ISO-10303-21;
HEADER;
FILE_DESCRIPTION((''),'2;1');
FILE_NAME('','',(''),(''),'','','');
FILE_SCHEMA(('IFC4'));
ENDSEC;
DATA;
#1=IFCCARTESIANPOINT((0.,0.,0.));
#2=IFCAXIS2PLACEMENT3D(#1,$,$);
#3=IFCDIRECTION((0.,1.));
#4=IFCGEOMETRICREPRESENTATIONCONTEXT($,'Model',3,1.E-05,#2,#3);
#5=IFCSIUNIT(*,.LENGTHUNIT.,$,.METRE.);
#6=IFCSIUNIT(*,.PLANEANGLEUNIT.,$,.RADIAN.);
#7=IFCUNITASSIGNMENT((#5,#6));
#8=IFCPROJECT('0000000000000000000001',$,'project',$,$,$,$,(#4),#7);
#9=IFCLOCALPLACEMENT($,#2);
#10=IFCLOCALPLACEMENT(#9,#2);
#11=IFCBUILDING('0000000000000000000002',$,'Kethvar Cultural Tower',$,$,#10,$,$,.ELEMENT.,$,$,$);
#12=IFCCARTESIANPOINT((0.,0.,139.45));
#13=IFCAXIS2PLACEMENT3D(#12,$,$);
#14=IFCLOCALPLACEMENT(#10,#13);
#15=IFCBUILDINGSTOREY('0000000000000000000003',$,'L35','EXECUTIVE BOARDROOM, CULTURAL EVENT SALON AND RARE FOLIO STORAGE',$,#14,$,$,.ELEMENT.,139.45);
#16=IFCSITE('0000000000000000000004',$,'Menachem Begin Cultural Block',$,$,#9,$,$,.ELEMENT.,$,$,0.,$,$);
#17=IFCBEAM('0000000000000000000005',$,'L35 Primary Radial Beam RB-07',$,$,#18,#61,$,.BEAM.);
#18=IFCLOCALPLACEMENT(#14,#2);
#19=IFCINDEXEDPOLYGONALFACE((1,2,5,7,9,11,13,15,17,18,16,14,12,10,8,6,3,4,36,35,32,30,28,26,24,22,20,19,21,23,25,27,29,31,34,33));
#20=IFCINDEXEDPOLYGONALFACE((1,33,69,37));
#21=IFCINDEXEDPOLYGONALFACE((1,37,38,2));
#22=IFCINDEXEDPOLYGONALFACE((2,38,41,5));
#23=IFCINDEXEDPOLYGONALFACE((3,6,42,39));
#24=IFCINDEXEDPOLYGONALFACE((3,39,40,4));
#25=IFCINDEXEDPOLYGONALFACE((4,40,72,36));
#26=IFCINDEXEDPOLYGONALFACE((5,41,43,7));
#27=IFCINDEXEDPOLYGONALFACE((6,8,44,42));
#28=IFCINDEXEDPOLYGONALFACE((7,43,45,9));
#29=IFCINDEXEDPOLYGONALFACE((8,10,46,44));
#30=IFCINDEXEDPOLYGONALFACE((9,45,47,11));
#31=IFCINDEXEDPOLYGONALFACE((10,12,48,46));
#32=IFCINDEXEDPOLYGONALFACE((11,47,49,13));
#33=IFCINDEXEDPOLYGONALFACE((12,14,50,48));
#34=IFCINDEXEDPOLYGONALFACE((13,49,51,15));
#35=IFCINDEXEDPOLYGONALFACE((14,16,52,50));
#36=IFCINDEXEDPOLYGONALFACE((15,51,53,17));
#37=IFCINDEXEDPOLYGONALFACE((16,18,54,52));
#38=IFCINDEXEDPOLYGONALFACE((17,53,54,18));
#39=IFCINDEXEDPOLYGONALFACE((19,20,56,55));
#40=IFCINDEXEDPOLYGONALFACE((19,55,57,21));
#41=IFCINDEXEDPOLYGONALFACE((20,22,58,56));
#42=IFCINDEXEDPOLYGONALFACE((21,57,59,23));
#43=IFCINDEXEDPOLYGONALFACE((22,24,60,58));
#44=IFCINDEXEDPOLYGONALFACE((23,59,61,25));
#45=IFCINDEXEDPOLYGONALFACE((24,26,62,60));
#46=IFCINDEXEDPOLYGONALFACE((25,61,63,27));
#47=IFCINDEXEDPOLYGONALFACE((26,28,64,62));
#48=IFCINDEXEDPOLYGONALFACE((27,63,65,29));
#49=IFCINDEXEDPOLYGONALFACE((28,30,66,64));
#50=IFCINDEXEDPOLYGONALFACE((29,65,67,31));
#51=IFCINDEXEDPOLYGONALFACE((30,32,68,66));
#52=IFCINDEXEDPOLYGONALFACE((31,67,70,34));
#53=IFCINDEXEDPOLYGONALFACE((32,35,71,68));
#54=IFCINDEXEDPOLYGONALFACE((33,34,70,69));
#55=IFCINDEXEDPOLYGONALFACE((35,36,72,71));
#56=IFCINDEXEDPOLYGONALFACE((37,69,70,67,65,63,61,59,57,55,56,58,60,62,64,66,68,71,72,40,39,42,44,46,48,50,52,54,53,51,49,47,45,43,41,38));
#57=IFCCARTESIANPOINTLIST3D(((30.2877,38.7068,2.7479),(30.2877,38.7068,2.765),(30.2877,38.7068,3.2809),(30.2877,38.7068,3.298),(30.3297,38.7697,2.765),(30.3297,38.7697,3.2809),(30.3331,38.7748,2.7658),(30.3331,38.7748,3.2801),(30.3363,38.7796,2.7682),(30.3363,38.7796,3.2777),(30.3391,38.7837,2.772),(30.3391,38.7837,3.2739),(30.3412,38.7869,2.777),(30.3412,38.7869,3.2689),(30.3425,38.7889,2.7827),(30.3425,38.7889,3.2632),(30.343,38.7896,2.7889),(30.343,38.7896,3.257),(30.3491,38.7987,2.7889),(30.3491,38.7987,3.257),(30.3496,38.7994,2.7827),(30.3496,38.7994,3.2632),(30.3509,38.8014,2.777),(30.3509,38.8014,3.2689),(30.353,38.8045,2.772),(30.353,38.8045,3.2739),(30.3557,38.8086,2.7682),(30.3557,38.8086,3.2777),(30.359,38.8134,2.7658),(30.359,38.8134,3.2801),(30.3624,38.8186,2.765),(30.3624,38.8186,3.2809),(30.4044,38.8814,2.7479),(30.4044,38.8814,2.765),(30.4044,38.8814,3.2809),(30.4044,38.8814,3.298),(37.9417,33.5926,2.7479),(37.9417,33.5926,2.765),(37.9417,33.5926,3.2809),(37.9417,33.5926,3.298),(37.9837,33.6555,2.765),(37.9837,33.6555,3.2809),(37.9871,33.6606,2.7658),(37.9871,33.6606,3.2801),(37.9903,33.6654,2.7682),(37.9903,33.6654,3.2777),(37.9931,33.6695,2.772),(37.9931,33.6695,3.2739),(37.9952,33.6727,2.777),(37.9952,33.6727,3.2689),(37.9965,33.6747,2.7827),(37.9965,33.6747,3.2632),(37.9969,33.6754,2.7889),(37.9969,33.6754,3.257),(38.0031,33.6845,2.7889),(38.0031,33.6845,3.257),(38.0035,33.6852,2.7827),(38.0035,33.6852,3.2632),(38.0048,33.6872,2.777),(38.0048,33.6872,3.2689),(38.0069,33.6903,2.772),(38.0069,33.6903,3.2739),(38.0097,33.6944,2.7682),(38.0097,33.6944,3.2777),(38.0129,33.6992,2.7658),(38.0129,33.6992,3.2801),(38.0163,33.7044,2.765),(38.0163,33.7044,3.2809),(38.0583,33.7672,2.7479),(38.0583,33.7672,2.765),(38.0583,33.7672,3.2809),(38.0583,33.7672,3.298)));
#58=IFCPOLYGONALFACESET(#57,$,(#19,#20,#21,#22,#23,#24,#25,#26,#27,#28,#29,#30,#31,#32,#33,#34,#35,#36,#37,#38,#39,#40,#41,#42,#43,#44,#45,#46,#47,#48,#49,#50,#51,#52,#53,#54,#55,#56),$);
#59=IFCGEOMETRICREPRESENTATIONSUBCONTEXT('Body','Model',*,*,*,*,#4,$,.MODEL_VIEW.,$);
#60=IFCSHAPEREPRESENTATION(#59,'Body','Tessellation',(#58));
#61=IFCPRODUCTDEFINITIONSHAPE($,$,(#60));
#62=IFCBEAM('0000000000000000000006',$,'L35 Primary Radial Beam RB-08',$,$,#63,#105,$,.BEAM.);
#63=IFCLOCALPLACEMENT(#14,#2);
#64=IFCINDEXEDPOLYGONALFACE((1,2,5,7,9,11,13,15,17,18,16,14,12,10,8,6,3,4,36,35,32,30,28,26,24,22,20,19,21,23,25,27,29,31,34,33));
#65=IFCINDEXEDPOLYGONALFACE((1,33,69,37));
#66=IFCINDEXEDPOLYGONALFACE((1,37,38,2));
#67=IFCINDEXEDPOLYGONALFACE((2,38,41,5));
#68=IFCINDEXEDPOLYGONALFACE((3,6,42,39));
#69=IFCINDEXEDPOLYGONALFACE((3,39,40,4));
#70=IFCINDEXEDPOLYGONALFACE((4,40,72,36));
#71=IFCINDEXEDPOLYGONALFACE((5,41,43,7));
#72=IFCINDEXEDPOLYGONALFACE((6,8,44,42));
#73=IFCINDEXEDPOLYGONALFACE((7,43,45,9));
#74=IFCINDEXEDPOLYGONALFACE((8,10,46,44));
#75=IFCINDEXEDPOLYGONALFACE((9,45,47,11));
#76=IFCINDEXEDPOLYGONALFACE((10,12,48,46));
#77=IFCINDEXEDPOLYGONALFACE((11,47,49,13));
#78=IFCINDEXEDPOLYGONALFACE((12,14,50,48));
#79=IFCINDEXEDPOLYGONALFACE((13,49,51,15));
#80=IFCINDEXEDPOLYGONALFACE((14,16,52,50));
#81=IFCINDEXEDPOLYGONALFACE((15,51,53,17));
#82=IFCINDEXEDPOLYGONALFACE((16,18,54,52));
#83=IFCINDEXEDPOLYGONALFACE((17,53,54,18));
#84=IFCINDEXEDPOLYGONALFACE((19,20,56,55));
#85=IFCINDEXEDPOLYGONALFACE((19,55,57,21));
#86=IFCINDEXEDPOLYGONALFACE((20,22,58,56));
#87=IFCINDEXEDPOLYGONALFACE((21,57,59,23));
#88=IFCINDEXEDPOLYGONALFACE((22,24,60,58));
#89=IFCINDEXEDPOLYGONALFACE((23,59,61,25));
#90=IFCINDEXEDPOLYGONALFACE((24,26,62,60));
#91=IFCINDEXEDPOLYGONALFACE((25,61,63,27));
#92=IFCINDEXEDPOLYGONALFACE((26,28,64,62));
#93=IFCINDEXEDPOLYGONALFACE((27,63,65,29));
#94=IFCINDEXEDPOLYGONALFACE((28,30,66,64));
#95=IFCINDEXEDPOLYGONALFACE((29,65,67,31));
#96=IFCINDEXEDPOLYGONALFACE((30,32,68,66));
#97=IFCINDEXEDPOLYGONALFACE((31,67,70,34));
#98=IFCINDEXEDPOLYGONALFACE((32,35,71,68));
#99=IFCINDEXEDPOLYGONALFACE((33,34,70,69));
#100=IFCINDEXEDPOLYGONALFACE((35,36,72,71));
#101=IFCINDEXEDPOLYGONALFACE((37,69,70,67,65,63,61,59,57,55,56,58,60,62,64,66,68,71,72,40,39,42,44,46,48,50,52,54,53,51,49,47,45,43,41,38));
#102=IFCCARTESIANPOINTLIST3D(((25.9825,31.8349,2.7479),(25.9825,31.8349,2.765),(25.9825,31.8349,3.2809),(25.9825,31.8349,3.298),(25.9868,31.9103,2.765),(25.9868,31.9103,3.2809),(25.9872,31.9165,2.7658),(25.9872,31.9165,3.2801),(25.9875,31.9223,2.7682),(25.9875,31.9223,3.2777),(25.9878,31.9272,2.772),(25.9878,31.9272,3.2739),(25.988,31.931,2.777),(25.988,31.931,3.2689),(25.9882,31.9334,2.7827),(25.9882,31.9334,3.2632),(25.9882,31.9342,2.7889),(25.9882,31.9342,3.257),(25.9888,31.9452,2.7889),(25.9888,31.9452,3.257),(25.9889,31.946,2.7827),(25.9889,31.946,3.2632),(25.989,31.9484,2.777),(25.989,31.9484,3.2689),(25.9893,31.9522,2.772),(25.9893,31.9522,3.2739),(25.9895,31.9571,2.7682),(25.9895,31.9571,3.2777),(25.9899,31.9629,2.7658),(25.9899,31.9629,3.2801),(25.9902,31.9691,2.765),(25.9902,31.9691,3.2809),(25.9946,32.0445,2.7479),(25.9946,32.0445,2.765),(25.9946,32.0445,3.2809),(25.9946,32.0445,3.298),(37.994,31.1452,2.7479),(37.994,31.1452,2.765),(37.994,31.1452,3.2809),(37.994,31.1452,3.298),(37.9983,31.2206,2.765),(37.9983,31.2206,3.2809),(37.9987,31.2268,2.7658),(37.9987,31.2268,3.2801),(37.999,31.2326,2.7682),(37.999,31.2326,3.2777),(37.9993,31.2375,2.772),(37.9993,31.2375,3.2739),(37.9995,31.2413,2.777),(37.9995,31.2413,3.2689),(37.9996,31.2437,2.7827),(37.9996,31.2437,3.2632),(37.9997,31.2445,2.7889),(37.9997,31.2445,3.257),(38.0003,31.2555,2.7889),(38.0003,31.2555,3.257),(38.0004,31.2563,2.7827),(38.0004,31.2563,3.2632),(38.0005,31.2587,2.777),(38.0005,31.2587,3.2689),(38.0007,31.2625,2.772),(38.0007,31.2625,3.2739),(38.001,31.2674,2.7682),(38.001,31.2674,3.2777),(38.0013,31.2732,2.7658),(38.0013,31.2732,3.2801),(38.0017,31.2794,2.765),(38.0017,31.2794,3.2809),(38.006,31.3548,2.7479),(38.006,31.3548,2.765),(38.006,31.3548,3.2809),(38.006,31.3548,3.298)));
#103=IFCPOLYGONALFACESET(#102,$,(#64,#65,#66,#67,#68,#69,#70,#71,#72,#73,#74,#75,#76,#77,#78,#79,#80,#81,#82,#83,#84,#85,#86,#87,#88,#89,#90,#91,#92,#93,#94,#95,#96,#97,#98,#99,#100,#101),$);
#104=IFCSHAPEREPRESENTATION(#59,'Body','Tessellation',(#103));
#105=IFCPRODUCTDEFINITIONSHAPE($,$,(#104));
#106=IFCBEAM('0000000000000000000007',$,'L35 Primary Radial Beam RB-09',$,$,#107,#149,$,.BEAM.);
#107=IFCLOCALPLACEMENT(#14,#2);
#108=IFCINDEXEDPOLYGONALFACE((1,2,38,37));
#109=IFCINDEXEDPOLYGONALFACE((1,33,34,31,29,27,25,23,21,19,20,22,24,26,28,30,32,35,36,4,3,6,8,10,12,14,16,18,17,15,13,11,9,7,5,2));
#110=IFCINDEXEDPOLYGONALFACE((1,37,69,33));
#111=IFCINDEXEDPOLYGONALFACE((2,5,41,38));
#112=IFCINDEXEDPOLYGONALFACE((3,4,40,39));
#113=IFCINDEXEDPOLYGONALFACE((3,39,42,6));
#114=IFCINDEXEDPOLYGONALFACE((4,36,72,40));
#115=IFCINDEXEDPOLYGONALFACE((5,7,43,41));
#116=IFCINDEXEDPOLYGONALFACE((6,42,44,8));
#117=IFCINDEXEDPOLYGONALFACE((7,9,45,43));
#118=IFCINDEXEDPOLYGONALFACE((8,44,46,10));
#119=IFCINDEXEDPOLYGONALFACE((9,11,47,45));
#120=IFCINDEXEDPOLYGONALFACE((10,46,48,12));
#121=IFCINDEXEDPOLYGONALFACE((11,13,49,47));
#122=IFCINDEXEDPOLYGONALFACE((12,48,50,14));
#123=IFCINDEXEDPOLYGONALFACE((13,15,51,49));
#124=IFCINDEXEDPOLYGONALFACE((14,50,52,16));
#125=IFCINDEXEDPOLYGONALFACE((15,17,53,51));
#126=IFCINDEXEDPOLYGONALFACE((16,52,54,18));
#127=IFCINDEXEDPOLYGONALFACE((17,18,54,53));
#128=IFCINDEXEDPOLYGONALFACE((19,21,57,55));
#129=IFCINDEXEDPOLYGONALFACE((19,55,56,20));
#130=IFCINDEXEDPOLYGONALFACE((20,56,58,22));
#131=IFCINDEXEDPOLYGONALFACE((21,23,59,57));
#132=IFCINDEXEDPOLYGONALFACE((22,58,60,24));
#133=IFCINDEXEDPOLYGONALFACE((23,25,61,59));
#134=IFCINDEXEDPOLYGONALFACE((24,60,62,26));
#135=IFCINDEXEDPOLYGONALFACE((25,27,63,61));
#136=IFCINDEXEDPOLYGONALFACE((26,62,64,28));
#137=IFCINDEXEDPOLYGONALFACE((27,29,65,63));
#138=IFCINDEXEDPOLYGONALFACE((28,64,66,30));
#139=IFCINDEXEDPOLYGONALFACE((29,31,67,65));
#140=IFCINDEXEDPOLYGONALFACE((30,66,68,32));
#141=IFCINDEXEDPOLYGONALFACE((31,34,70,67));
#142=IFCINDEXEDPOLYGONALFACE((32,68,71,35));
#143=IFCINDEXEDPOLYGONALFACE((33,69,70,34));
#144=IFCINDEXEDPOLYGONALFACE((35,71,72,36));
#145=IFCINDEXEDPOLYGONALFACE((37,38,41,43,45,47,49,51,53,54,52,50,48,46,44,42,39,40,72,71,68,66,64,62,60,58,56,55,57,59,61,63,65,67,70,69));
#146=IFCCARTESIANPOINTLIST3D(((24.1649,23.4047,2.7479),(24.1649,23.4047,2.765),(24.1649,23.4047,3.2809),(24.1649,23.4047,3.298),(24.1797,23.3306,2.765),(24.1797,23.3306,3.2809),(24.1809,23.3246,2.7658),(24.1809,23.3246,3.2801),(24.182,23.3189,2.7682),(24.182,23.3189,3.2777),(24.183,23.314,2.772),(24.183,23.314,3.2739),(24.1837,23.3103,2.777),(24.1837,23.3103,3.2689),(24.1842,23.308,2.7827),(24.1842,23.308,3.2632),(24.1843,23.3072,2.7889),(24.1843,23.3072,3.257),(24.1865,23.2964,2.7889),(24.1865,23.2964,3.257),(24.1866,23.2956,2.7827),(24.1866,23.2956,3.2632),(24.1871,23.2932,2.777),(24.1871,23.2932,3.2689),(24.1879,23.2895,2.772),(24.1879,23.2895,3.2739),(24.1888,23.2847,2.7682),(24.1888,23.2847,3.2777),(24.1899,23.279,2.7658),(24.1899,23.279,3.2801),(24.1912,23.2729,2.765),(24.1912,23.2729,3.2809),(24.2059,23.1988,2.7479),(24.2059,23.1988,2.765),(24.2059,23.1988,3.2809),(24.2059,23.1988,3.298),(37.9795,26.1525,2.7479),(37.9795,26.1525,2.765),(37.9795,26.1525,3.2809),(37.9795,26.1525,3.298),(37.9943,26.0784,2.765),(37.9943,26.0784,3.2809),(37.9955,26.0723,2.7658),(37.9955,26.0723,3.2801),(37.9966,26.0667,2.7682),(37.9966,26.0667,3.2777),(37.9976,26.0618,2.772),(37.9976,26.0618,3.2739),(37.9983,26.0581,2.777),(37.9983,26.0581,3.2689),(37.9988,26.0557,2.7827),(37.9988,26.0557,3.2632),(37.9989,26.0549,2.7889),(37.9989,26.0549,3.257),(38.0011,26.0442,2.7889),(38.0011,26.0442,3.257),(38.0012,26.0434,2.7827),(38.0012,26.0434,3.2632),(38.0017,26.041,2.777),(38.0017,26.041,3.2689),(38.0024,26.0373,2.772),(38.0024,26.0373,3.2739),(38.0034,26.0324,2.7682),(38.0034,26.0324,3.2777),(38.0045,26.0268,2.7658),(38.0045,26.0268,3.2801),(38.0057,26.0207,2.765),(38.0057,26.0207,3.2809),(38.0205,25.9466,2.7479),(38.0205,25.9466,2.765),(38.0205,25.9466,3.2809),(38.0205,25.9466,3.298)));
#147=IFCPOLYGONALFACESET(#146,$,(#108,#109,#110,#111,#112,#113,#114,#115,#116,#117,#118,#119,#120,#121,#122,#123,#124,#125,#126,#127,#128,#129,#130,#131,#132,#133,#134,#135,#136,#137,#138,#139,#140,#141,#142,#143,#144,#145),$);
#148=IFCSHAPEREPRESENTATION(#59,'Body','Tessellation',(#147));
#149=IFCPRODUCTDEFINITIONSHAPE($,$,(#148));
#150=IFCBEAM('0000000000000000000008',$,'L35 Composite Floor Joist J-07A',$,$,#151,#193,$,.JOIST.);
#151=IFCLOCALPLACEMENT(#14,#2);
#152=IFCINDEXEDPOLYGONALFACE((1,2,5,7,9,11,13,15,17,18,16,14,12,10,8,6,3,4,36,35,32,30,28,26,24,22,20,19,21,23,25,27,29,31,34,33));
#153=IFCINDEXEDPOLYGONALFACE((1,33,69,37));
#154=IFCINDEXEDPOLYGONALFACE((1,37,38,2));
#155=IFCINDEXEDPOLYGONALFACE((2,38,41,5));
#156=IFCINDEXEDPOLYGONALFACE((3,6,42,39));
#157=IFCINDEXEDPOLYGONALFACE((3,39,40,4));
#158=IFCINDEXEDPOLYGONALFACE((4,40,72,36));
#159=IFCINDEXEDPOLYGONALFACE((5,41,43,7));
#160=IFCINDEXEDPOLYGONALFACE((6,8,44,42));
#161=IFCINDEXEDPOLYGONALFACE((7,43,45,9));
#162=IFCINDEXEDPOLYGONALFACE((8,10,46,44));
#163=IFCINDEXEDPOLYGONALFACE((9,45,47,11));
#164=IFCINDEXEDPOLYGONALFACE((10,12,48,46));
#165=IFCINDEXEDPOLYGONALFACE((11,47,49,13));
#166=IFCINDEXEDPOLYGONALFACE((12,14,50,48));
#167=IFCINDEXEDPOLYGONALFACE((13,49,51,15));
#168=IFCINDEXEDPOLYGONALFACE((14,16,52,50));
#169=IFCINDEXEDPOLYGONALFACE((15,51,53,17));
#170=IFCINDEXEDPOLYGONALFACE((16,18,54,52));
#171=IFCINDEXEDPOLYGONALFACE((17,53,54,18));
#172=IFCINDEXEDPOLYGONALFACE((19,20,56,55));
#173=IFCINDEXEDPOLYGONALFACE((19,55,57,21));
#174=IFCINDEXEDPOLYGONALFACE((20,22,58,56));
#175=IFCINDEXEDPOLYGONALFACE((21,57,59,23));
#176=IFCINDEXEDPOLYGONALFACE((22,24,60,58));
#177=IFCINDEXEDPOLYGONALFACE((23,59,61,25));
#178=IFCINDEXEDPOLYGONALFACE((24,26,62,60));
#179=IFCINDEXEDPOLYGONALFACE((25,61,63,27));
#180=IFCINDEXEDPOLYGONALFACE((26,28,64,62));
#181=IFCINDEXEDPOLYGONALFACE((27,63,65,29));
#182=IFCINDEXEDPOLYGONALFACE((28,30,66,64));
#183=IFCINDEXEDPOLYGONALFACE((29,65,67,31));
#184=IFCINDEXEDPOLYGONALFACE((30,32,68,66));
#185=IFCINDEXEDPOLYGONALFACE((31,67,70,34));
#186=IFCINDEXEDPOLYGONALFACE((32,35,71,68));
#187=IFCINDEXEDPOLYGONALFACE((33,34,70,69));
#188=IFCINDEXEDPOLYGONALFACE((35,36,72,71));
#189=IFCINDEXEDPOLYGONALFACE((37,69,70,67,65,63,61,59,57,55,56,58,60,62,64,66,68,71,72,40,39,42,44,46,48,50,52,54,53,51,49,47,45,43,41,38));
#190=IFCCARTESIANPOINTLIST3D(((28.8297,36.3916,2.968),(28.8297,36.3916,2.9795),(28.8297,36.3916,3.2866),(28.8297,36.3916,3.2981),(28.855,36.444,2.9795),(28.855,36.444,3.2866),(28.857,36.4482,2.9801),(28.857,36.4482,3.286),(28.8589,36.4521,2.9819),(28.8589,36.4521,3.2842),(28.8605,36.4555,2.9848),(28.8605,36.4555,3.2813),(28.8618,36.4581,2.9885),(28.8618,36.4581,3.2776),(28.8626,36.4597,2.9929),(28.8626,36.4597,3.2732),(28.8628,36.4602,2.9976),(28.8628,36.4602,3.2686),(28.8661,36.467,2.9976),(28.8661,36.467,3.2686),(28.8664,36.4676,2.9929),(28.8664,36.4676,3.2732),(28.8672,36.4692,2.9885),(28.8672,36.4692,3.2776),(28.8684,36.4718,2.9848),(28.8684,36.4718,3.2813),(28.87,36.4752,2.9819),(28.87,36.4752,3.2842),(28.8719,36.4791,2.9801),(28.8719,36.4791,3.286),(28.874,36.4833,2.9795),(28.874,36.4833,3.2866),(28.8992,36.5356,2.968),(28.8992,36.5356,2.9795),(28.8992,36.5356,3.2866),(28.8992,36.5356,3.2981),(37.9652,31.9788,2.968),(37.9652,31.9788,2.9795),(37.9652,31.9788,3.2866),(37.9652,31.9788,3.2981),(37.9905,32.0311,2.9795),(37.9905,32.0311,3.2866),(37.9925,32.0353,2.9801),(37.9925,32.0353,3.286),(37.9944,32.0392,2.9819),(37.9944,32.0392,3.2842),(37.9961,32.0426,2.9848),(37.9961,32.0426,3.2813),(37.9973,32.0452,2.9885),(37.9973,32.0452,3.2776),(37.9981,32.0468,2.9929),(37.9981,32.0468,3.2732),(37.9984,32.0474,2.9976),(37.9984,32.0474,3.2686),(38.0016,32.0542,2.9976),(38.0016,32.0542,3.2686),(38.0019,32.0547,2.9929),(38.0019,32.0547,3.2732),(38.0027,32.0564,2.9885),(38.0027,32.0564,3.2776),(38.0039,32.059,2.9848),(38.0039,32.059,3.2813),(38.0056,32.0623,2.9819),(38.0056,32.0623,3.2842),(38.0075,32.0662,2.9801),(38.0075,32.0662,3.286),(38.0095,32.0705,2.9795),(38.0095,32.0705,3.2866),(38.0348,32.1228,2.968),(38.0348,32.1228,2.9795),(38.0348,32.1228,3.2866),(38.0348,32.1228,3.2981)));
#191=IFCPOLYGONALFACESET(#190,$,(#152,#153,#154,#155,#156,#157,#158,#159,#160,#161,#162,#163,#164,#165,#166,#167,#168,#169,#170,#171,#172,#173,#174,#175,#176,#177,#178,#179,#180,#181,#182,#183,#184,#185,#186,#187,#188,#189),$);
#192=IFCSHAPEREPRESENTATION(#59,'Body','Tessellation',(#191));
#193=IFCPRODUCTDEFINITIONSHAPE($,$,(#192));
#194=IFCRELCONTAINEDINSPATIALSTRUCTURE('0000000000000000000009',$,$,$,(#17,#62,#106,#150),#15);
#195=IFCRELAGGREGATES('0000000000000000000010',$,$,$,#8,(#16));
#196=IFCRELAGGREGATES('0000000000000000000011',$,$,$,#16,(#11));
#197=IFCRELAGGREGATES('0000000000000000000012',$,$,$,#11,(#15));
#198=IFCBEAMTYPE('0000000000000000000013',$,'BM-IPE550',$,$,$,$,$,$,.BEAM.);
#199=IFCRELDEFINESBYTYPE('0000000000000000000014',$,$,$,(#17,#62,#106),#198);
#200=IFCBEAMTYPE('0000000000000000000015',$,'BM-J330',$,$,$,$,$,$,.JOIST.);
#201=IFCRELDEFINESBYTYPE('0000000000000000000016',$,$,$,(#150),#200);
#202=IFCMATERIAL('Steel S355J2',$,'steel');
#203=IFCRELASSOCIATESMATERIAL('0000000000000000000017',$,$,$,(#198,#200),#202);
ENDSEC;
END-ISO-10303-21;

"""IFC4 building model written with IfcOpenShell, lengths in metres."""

from ifc_helpers import new_model, si_unit, direction, frame, origin, origin_2d, place, context, subcontext, project, spatial, i_section, extrude, source, transform, mapped, material, material_profile, profile_set, type_object, element, save


model = new_model("IFC4")

# Units and contexts
model_context = context("Model", 3, precision=1e-05, world=origin(), true_north=direction((0.0, 1.0)))
body_context = subcontext(model_context, "Body", "Model", "MODEL_VIEW")
ifc_project = project(units=[si_unit("LENGTHUNIT", "METRE"), si_unit("PLANEANGLEUNIT", "RADIAN")], contexts=[model_context])

# Site, building, storey
site_placement = place(None, origin())
site = spatial("IfcSite", under=ifc_project, at=site_placement, Name="Menachem Begin Cultural Block", CompositionType="ELEMENT", RefElevation=0.0)
building_placement = place(site_placement, origin())
building = spatial("IfcBuilding", under=site, at=building_placement, Name="Kethvar Cultural Tower", CompositionType="ELEMENT")
storey_placement = place(building_placement, frame((0.0, 0.0, 139.45)))
storey = spatial("IfcBuildingStorey", under=building, at=storey_placement, Name="L35", Description="EXECUTIVE BOARDROOM, CULTURAL EVENT SALON AND RARE FOLIO STORAGE", CompositionType="ELEMENT", Elevation=139.45)

# Beams
ifc_material_1 = material(Name="Steel S355J2", Category="steel")
ifc_material_profile_1 = material_profile(ifc_material_1, i_section(OverallWidth=0.21, OverallDepth=0.55, WebThickness=0.011, FlangeThickness=0.0171, FilletRadius=0.0239, at=origin_2d()), Name="Steel S355J2 — IPE550")
ifc_profile_set_1 = profile_set([ifc_material_profile_1], Name="Steel S355J2 — IPE550")
beam_type_1 = type_object("IfcBeamType", Name="BM-IPE550", PredefinedType="BEAM", material=ifc_profile_set_1)
shared_shape_1 = source(origin(), body_context, "Body", "SweptSolid", [
    extrude(i_section(OverallWidth=0.21, OverallDepth=0.55, WebThickness=0.011, FlangeThickness=0.0171, FilletRadius=0.0239, at=origin_2d()), origin(), (0.0, 0.0, 1.0), 9.2053),
])
beam_1_placement = place(storey_placement, frame((38.0, 33.6799, 3.0229), z_axis=(-0.83147, 0.555569, 0.0), x_axis=(-0.555569, -0.83147, 0.0)))
element("IfcBeam", 1, at=beam_1_placement, inside=storey, type_object=beam_type_1, Name="L35 Primary Radial Beam RB-07", PredefinedType="BEAM", context=body_context, shape_type="MappedRepresentation", body=[
    mapped(shared_shape_1, transform((0.0, 0.0, 0.0), scale=1.0)),
])
shared_shape_2 = source(origin(), body_context, "Body", "SweptSolid", [
    extrude(i_section(OverallWidth=0.21, OverallDepth=0.55, WebThickness=0.011, FlangeThickness=0.0171, FilletRadius=0.0239, at=origin_2d()), origin(), (0.0, 0.0, 1.0), 12.0312),
])
beam_2_placement = place(storey_placement, frame((38.0, 31.25, 3.0229), z_axis=(-0.998356, 0.057325, 0.0), x_axis=(-0.057325, -0.998356, 0.0)))
element("IfcBeam", 2, at=beam_2_placement, inside=storey, type_object=beam_type_1, Name="L35 Primary Radial Beam RB-08", PredefinedType="BEAM", context=body_context, shape_type="MappedRepresentation", body=[
    mapped(shared_shape_2, transform((0.0, 0.0, 0.0), scale=1.0)),
])
shared_shape_3 = source(origin(), body_context, "Body", "SweptSolid", [
    extrude(i_section(OverallWidth=0.21, OverallDepth=0.55, WebThickness=0.011, FlangeThickness=0.0171, FilletRadius=0.0239, at=origin_2d()), origin(), (0.0, 0.0, 1.0), 14.0852),
])
beam_3_placement = place(storey_placement, frame((38.0, 26.0496, 3.0229), z_axis=(-0.980787, -0.195083, 0.0), x_axis=(0.195083, -0.980787, 0.0)))
element("IfcBeam", 3, at=beam_3_placement, inside=storey, type_object=beam_type_1, Name="L35 Primary Radial Beam RB-09", PredefinedType="BEAM", context=body_context, shape_type="MappedRepresentation", body=[
    mapped(shared_shape_3, transform((0.0, 0.0, 0.0), scale=1.0)),
])
ifc_material_profile_2 = material_profile(ifc_material_1, i_section(OverallWidth=0.1599, OverallDepth=0.3301, WebThickness=0.0076, FlangeThickness=0.0115, FilletRadius=0.0181, at=origin_2d()), Name="Steel S355J2 — IPE330")
ifc_profile_set_2 = profile_set([ifc_material_profile_2], Name="Steel S355J2 — IPE330")
beam_type_2 = type_object("IfcBeamType", Name="BM-J330", PredefinedType="JOIST", material=ifc_profile_set_2)
shared_shape_4 = source(origin(), body_context, "Body", "SweptSolid", [
    extrude(i_section(OverallWidth=0.1599, OverallDepth=0.3301, WebThickness=0.0076, FlangeThickness=0.0115, FilletRadius=0.0181, at=origin_2d()), origin(), (0.0, 0.0, 1.0), 10.1455),
])
beam_4_placement = place(storey_placement, frame((38.0, 32.0508, 3.1331), z_axis=(-0.900451, 0.434957, 0.0), x_axis=(-0.434957, -0.900451, 0.0)))
element("IfcBeam", 4, at=beam_4_placement, inside=storey, type_object=beam_type_2, Name="L35 Composite Floor Joist J-07A", PredefinedType="JOIST", context=body_context, shape_type="MappedRepresentation", body=[
    mapped(shared_shape_4, transform((0.0, 0.0, 0.0), scale=1.0)),
])

save(model, "model.ifc")
